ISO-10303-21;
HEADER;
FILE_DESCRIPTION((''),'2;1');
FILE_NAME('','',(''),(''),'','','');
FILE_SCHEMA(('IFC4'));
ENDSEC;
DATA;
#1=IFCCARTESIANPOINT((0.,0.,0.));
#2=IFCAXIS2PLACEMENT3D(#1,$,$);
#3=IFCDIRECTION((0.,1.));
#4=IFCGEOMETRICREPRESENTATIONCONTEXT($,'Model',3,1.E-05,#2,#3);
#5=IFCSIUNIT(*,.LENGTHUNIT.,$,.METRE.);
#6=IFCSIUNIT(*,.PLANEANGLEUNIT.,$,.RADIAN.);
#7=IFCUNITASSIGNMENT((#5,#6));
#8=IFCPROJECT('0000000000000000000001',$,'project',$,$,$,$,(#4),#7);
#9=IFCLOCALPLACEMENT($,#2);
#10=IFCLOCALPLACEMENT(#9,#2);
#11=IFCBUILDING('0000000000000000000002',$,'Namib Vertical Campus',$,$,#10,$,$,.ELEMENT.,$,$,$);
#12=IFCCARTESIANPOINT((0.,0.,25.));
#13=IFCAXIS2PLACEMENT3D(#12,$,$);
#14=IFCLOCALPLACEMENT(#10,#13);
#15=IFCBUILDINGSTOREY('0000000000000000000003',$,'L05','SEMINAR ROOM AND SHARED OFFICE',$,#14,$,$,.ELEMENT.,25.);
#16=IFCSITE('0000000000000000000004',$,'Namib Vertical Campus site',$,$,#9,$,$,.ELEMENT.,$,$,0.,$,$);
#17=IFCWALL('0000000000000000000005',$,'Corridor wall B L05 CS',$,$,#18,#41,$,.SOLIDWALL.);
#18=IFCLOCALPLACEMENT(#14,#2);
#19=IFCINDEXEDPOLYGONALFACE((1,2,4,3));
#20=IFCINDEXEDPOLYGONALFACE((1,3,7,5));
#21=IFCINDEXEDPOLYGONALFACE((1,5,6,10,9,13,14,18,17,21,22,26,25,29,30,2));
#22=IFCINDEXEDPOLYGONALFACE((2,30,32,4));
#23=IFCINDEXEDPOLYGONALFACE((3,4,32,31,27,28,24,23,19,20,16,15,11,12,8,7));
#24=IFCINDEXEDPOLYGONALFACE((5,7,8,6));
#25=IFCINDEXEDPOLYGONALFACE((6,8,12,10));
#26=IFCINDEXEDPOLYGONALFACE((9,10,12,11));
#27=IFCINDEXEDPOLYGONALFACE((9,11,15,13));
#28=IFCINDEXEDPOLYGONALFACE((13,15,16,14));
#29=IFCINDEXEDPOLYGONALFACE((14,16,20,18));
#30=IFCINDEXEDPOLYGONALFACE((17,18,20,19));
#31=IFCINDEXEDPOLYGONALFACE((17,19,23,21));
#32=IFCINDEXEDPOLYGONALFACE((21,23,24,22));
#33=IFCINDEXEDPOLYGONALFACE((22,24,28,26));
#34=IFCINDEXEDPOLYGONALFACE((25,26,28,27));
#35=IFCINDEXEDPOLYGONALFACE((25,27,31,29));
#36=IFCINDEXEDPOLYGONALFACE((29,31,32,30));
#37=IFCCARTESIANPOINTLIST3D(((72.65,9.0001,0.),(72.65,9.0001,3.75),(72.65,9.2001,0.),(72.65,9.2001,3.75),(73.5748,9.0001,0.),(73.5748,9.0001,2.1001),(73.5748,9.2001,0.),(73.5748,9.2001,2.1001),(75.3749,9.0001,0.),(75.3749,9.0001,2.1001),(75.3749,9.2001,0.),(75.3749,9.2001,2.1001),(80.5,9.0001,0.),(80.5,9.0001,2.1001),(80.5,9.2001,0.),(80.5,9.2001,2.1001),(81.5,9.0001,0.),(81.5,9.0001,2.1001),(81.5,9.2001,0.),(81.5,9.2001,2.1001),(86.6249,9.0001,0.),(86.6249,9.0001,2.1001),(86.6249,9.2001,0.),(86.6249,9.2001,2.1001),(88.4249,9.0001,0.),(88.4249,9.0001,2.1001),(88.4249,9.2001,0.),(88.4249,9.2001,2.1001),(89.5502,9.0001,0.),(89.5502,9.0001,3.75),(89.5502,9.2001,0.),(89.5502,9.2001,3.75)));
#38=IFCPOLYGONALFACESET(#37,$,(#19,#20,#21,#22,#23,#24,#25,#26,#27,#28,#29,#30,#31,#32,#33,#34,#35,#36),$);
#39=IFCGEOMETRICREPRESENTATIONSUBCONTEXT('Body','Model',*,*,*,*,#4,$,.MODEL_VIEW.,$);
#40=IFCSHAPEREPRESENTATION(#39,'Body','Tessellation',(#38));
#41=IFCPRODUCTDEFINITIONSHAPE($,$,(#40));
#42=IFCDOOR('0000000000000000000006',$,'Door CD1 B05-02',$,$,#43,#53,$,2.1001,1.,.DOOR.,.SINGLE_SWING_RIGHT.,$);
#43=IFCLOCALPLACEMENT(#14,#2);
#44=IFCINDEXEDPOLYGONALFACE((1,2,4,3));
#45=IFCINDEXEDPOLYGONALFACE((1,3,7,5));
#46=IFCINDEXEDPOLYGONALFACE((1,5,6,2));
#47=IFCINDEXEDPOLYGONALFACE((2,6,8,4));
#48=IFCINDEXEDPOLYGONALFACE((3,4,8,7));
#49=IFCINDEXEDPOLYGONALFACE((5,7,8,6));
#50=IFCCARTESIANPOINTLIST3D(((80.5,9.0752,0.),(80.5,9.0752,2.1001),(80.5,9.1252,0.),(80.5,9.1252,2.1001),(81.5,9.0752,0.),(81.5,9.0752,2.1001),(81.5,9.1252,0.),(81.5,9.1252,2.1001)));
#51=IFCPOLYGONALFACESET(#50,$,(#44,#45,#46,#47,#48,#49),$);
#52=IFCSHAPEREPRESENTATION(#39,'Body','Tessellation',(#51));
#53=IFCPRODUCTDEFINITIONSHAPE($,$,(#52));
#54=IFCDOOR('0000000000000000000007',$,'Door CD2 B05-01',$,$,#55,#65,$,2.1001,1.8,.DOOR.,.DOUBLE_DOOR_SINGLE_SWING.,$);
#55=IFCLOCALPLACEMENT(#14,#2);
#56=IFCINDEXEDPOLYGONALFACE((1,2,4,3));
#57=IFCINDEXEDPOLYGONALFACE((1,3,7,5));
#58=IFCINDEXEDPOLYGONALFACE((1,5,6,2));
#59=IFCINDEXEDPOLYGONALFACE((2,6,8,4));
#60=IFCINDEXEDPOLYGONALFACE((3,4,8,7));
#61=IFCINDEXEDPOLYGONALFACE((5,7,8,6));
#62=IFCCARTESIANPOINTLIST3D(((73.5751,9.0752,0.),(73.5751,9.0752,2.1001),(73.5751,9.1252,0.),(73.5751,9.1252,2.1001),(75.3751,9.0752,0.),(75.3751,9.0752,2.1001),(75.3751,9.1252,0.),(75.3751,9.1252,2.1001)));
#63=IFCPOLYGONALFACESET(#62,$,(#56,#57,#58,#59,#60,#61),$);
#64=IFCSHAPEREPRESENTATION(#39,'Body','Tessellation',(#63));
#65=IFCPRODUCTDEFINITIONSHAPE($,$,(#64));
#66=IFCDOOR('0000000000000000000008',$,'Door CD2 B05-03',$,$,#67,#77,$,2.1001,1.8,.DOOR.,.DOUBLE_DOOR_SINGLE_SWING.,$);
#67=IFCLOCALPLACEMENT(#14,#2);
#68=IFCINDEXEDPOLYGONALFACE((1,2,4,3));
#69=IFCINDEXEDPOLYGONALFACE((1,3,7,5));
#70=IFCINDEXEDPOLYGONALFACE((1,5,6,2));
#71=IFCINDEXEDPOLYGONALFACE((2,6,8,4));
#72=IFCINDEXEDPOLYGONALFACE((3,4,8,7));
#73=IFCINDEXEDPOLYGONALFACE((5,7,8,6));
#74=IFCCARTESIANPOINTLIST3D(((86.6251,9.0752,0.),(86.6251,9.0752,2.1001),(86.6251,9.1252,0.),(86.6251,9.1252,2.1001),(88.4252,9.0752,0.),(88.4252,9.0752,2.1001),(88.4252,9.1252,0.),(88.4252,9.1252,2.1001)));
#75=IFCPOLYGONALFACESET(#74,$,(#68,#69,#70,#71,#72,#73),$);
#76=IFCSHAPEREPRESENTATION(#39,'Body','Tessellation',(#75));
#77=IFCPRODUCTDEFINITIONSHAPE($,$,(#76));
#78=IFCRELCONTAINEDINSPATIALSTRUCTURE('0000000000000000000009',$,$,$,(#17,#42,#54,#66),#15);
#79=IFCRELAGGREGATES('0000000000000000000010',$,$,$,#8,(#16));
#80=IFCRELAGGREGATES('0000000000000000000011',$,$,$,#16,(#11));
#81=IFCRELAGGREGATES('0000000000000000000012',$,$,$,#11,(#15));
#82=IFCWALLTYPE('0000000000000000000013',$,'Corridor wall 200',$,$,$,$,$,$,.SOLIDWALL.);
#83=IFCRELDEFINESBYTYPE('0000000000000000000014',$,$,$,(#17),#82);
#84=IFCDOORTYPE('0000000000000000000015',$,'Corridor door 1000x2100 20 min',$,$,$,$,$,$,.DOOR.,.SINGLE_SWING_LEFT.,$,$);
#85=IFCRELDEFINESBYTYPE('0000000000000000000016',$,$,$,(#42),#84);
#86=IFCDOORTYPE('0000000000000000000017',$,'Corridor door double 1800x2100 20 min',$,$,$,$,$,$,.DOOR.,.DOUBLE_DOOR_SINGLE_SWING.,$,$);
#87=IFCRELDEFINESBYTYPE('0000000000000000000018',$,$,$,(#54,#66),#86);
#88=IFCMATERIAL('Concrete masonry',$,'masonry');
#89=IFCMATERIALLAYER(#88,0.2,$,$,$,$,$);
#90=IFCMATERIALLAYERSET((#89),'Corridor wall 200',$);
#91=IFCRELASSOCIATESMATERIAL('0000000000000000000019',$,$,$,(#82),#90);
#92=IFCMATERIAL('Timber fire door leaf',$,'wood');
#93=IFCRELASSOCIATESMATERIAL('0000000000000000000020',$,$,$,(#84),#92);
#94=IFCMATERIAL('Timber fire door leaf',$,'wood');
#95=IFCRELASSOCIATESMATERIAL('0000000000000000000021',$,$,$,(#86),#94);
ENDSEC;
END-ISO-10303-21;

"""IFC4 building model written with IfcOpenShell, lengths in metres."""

from ifc_helpers import new_model, si_unit, direction, frame, frame_2d, origin, place, context, subcontext, project, spatial, rectangle, extrude, material, layer, layer_set, type_object, element, fill, save


model = new_model("IFC4")

# Units and contexts
model_context = context("Model", 3, precision=1e-05, world=origin(), true_north=direction((0.0, 1.0)))
body_context = subcontext(model_context, "Body", "Model", "MODEL_VIEW")
ifc_project = project(units=[si_unit("LENGTHUNIT", "METRE"), si_unit("PLANEANGLEUNIT", "RADIAN")], contexts=[model_context])

# Site, building, storey
site_placement = place(None, origin())
site = spatial("IfcSite", under=ifc_project, at=site_placement, Name="Namib Vertical Campus site", CompositionType="ELEMENT", RefElevation=0.0)
building_placement = place(site_placement, origin())
building = spatial("IfcBuilding", under=site, at=building_placement, Name="Namib Vertical Campus", CompositionType="ELEMENT")
storey_placement = place(building_placement, frame((0.0, 0.0, 25.0)))
storey = spatial("IfcBuildingStorey", under=building, at=storey_placement, Name="L05", Description="SEMINAR ROOM AND SHARED OFFICE", CompositionType="ELEMENT", Elevation=25.0)

# Wall, openings, doors
ifc_material_1 = material(Name="Concrete masonry", Category="masonry")
ifc_layer_1 = layer(ifc_material_1, 0.2)
ifc_layer_set_1 = layer_set([ifc_layer_1], Name="Corridor wall 200")
wall_type_1 = type_object("IfcWallType", Name="Corridor wall 200", PredefinedType="SOLIDWALL", material=ifc_layer_set_1)
wall_1_placement = place(storey_placement, frame((72.6499, 9.1001, 0.0), z_axis=(0.0, 0.0, 1.0), x_axis=(1.0, 0.0, 0.0)))
wall_1 = element("IfcWall", 1, at=wall_1_placement, inside=storey, type_object=wall_type_1, Name="Corridor wall B L05 CS", PredefinedType="SOLIDWALL", context=body_context, shape_type="SweptSolid", body=[
    extrude(rectangle(XDim=16.9001, YDim=0.2, at=frame_2d((8.4502, 0.0))), origin(), (0.0, 0.0, 1.0), 3.75),
])
opening_1_placement = place(wall_1_placement, frame((0.925, 0.0, 0.0)))
opening_1 = element("IfcOpeningElement", 2, at=opening_1_placement, cuts=wall_1, PredefinedType="OPENING", context=body_context, shape_type="SweptSolid", body=[
    extrude(rectangle(XDim=1.8, YDim=2.1001, at=frame_2d((0.8999, 1.05))), frame((0.0, 0.1099, 0.0), z_axis=(0.0, -1.0, 0.0), x_axis=(1.0, 0.0, 0.0)), (0.0, 0.0, 1.0), 0.22),
])
opening_2_placement = place(wall_1_placement, frame((7.8501, 0.0, 0.0)))
opening_2 = element("IfcOpeningElement", 3, at=opening_2_placement, cuts=wall_1, PredefinedType="OPENING", context=body_context, shape_type="SweptSolid", body=[
    extrude(rectangle(XDim=1.0, YDim=2.1001, at=frame_2d((0.5, 1.05))), frame((0.0, 0.1099, 0.0), z_axis=(0.0, -1.0, 0.0), x_axis=(1.0, 0.0, 0.0)), (0.0, 0.0, 1.0), 0.22),
])
opening_3_placement = place(wall_1_placement, frame((13.9751, 0.0, 0.0)))
opening_3 = element("IfcOpeningElement", 4, at=opening_3_placement, cuts=wall_1, PredefinedType="OPENING", context=body_context, shape_type="SweptSolid", body=[
    extrude(rectangle(XDim=1.8, YDim=2.1001, at=frame_2d((0.8999, 1.05))), frame((0.0, 0.1099, 0.0), z_axis=(0.0, -1.0, 0.0), x_axis=(1.0, 0.0, 0.0)), (0.0, 0.0, 1.0), 0.22),
])
ifc_material_2 = material(Name="Timber fire door leaf", Category="wood")
door_type_1 = type_object("IfcDoorType", Name="Corridor door 1000x2100 20 min", OperationType="SINGLE_SWING_LEFT", PredefinedType="DOOR", material=ifc_material_2)
door_1_placement = place(opening_2_placement, frame((1.0, 0.0, 0.0), z_axis=(0.0, 0.0, 1.0), x_axis=(-1.0, 0.0, 0.0)))
door_1 = element("IfcDoor", 5, at=door_1_placement, inside=storey, type_object=door_type_1, Name="Door CD1 B05-02", OperationType="SINGLE_SWING_RIGHT", OverallHeight=2.1001, OverallWidth=1.0, PredefinedType="DOOR", context=body_context, shape_type="SweptSolid", body=[
    extrude(rectangle(XDim=1.0, YDim=2.1001, at=frame_2d((0.5, 1.05))), frame((0.0, 0.0249, 0.0), z_axis=(0.0, -1.0, 0.0), x_axis=(1.0, 0.0, 0.0)), (0.0, 0.0, 1.0), 0.05),
])
fill(opening_2, door_1)
ifc_material_3 = material(Name="Timber fire door leaf", Category="wood")
door_type_2 = type_object("IfcDoorType", Name="Corridor door double 1800x2100 20 min", OperationType="DOUBLE_DOOR_SINGLE_SWING", PredefinedType="DOOR", material=ifc_material_3)
door_2_placement = place(opening_1_placement, frame((1.8, 0.0, 0.0), z_axis=(0.0, 0.0, 1.0), x_axis=(-1.0, 0.0, 0.0)))
door_2 = element("IfcDoor", 6, at=door_2_placement, inside=storey, type_object=door_type_2, Name="Door CD2 B05-01", OperationType="DOUBLE_DOOR_SINGLE_SWING", OverallHeight=2.1001, OverallWidth=1.8, PredefinedType="DOOR", context=body_context, shape_type="SweptSolid", body=[
    extrude(rectangle(XDim=1.8, YDim=2.1001, at=frame_2d((0.8999, 1.05))), frame((0.0, 0.0249, 0.0), z_axis=(0.0, -1.0, 0.0), x_axis=(1.0, 0.0, 0.0)), (0.0, 0.0, 1.0), 0.05),
])
fill(opening_1, door_2)
door_3_placement = place(opening_3_placement, frame((1.8, 0.0, 0.0), z_axis=(0.0, 0.0, 1.0), x_axis=(-1.0, 0.0, 0.0)))
door_3 = element("IfcDoor", 7, at=door_3_placement, inside=storey, type_object=door_type_2, Name="Door CD2 B05-03", OperationType="DOUBLE_DOOR_SINGLE_SWING", OverallHeight=2.1001, OverallWidth=1.8, PredefinedType="DOOR", context=body_context, shape_type="SweptSolid", body=[
    extrude(rectangle(XDim=1.8, YDim=2.1001, at=frame_2d((0.8999, 1.05))), frame((0.0, 0.0249, 0.0), z_axis=(0.0, -1.0, 0.0), x_axis=(1.0, 0.0, 0.0)), (0.0, 0.0, 1.0), 0.05),
])
fill(opening_3, door_3)

save(model, "model.ifc")
